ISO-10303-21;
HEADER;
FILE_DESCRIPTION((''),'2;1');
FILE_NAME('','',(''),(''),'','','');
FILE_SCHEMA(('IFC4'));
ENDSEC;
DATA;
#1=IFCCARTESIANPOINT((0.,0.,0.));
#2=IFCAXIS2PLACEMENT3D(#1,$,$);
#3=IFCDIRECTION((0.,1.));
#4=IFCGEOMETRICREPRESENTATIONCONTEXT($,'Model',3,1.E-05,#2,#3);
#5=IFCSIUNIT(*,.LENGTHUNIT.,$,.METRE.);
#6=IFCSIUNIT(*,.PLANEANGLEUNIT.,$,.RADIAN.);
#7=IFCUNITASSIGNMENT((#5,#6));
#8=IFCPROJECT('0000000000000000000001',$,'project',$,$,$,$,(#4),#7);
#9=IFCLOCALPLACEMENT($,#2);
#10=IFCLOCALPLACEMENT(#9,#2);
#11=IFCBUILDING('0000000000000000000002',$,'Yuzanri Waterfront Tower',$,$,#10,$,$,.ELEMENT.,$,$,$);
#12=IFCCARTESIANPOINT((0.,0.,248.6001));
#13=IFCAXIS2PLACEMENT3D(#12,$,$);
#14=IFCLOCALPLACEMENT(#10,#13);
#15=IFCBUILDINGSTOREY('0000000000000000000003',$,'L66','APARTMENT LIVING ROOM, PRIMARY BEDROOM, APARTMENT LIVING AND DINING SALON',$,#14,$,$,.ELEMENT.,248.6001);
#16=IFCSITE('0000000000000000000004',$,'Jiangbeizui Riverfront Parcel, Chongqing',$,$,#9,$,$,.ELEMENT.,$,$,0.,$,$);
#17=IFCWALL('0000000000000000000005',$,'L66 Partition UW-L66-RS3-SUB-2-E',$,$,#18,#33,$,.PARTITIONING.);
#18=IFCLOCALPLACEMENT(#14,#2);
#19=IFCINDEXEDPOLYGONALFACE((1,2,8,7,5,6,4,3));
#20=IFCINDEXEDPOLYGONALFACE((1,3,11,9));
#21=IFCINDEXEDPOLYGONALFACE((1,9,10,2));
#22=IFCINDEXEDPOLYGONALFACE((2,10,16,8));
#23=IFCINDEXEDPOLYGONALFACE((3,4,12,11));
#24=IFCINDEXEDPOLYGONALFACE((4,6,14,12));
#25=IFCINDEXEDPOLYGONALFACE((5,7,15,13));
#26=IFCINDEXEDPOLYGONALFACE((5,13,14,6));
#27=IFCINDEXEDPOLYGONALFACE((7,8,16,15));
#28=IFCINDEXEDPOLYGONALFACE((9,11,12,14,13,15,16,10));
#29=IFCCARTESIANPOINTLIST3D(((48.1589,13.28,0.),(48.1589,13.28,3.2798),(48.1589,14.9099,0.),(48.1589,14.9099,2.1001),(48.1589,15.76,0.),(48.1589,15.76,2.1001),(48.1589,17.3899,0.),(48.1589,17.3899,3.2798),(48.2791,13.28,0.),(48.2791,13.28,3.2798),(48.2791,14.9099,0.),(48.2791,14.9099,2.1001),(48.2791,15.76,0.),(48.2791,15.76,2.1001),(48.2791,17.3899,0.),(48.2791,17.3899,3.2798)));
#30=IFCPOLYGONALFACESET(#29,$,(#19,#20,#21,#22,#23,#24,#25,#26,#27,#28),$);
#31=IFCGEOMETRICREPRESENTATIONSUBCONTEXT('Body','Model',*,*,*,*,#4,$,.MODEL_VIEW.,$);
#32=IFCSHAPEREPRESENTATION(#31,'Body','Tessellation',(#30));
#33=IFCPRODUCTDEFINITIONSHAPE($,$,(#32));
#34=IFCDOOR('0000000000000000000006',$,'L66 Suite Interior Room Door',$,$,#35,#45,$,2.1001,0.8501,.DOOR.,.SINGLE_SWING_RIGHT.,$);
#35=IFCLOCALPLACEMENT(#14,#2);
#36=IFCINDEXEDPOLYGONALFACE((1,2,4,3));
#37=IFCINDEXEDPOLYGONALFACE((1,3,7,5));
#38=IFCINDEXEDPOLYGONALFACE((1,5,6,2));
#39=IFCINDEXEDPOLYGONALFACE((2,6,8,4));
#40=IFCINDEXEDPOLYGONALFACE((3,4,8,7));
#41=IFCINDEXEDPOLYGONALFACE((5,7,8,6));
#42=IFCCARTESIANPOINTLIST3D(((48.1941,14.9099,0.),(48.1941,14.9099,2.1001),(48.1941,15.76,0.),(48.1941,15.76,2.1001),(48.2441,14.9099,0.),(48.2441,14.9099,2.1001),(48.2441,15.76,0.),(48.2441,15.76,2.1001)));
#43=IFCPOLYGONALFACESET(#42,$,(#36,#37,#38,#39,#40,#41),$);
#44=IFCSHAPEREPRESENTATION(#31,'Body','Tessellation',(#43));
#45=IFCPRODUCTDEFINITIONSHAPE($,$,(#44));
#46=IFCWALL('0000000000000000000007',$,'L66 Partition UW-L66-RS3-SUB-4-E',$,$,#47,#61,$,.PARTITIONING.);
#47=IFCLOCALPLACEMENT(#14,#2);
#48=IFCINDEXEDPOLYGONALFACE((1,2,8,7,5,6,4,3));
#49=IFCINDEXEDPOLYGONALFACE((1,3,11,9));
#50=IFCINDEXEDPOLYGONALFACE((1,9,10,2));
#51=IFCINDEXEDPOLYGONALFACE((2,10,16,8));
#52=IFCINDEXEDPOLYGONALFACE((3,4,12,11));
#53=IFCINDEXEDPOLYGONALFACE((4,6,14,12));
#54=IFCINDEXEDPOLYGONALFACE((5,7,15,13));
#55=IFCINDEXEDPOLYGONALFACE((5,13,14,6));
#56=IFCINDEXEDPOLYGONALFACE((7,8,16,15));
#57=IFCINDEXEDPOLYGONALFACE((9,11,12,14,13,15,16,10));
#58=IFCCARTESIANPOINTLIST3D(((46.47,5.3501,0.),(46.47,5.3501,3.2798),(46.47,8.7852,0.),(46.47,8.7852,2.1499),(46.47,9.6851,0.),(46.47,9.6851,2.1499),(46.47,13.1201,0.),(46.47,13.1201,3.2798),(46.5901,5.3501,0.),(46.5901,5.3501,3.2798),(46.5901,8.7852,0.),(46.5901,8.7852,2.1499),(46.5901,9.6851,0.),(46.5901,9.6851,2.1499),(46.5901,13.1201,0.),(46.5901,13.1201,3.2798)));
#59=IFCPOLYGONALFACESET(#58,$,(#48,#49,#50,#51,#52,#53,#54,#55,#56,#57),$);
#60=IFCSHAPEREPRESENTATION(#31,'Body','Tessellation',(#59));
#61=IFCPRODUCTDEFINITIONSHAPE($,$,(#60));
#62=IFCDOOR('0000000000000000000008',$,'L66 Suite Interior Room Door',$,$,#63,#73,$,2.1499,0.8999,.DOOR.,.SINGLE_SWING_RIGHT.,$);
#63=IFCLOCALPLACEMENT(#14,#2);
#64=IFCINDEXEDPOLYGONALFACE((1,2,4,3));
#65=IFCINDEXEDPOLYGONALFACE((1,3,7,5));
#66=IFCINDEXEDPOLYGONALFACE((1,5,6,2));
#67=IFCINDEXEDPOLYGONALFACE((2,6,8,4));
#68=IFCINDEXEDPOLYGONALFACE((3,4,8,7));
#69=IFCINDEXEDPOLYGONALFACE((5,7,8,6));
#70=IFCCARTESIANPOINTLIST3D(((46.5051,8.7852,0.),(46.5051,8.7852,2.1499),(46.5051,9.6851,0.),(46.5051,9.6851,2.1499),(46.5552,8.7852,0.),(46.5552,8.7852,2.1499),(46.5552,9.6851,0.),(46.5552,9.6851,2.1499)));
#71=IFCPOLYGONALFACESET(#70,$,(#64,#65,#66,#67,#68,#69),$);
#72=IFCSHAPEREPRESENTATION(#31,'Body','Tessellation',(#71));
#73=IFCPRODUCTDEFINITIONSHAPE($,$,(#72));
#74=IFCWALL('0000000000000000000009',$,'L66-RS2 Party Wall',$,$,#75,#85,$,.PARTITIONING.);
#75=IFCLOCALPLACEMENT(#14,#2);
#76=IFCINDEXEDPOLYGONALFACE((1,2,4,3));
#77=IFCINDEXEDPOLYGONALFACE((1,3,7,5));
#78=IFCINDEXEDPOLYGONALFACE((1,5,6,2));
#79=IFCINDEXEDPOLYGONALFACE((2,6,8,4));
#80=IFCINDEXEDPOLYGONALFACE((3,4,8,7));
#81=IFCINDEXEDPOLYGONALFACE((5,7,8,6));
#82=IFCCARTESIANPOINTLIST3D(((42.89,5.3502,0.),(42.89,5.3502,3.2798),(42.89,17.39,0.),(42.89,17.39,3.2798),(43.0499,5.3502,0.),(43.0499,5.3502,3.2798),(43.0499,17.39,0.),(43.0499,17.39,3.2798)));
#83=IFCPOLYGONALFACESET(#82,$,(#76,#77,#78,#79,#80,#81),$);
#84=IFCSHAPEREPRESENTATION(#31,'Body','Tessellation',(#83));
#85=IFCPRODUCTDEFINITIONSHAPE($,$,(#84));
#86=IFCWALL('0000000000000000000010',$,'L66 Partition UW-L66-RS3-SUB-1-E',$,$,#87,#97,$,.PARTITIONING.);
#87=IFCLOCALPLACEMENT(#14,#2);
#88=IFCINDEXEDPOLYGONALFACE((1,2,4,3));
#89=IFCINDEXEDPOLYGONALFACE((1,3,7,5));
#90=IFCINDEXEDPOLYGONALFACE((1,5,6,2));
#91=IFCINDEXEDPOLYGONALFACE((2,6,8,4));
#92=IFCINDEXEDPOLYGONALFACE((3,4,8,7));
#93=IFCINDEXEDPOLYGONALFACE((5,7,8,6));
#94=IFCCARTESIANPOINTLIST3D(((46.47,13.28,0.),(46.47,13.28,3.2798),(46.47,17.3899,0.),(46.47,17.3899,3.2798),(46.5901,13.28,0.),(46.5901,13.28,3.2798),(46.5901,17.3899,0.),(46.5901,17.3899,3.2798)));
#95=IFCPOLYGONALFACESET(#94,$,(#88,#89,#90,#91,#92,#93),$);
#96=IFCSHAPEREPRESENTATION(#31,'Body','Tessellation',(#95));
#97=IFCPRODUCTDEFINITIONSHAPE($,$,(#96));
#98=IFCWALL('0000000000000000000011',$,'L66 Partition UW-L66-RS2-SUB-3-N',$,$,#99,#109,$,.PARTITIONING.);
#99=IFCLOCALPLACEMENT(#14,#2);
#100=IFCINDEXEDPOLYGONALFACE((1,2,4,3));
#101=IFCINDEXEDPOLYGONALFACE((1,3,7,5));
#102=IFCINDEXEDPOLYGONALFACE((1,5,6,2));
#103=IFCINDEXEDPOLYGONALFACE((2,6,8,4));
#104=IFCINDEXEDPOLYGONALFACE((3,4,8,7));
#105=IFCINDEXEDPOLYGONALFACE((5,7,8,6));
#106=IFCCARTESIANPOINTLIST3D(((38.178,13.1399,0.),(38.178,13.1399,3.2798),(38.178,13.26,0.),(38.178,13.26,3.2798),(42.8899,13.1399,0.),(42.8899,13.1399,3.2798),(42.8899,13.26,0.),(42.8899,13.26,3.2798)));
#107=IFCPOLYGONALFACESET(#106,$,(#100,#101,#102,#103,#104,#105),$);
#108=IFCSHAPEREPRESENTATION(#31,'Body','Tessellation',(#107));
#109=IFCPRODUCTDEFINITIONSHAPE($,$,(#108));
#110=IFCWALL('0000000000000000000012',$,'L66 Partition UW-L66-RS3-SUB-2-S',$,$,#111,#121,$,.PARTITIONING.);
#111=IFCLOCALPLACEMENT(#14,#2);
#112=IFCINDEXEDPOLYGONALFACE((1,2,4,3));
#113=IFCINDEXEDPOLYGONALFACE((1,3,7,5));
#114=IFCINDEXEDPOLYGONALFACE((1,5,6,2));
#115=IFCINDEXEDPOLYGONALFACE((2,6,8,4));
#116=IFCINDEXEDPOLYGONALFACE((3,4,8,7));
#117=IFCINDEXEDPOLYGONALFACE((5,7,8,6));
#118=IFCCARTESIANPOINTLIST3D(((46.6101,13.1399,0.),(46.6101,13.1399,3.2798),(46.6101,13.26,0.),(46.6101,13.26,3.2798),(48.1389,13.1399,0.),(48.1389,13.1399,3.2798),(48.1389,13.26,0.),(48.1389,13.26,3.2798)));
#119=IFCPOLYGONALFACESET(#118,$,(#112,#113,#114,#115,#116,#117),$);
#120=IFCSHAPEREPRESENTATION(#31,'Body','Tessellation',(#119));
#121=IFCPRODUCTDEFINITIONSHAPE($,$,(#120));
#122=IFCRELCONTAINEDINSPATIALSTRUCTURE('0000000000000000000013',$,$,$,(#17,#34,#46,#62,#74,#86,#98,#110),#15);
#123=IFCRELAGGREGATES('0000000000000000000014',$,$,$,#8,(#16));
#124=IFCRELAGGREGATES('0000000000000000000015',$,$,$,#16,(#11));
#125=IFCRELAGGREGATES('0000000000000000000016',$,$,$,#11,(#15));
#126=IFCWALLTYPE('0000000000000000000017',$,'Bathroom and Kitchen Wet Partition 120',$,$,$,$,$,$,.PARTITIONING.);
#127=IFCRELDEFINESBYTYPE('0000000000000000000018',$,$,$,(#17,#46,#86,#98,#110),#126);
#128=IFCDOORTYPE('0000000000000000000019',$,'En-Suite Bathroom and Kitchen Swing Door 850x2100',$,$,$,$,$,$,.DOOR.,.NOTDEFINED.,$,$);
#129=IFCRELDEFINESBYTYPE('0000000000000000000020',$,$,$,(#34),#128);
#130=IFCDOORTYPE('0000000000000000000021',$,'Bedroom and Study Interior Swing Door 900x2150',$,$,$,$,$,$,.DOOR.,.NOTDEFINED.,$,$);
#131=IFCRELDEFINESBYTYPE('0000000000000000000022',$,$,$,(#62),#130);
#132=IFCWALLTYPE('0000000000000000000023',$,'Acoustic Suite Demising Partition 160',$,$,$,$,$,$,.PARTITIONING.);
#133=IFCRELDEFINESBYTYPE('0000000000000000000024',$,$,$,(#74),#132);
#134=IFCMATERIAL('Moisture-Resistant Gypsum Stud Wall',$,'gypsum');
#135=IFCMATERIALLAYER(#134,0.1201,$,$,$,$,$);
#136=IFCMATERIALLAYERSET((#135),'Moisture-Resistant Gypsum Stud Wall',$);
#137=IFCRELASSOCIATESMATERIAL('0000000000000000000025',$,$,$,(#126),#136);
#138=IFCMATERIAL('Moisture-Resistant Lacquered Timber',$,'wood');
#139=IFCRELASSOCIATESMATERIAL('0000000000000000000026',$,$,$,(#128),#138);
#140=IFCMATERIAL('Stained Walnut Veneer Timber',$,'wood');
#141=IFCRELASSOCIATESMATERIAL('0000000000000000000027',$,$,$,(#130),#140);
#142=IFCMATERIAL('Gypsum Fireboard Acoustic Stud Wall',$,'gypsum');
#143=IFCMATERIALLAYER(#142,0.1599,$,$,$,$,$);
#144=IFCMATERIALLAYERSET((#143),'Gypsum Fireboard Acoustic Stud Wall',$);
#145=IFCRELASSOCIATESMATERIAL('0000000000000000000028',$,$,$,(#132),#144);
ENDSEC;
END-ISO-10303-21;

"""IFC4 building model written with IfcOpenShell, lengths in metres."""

from ifc_helpers import new_model, si_unit, direction, frame, frame_2d, origin, place, context, subcontext, project, spatial, rectangle, extrude, source, transform, mapped, material, layer, layer_set, type_object, element, fill, save


model = new_model("IFC4")

# Units and contexts
model_context = context("Model", 3, precision=1e-05, world=origin(), true_north=direction((0.0, 1.0)))
body_context = subcontext(model_context, "Body", "Model", "MODEL_VIEW")
ifc_project = project(units=[si_unit("LENGTHUNIT", "METRE"), si_unit("PLANEANGLEUNIT", "RADIAN")], contexts=[model_context])

# Site, building, storey
site_placement = place(None, origin())
site = spatial("IfcSite", under=ifc_project, at=site_placement, Name="Jiangbeizui Riverfront Parcel, Chongqing", CompositionType="ELEMENT", RefElevation=0.0)
building_placement = place(site_placement, origin())
building = spatial("IfcBuilding", under=site, at=building_placement, Name="Yuzanri Waterfront Tower", CompositionType="ELEMENT")
storey_placement = place(building_placement, frame((0.0, 0.0, 248.6001)))
storey = spatial("IfcBuildingStorey", under=building, at=storey_placement, Name="L66", Description="APARTMENT LIVING ROOM, PRIMARY BEDROOM, APARTMENT LIVING AND DINING SALON", CompositionType="ELEMENT", Elevation=248.6001)

# Walls, openings, doors
ifc_material_1 = material(Name="Moisture-Resistant Gypsum Stud Wall", Category="gypsum")
ifc_layer_1 = layer(ifc_material_1, 0.1201)
ifc_layer_set_1 = layer_set([ifc_layer_1], Name="Moisture-Resistant Gypsum Stud Wall")
wall_type_1 = type_object("IfcWallType", Name="Bathroom and Kitchen Wet Partition 120", PredefinedType="PARTITIONING", material=ifc_layer_set_1)
ifc_material_2 = material(Name="Moisture-Resistant Lacquered Timber", Category="wood")
door_type_1 = type_object("IfcDoorType", Name="En-Suite Bathroom and Kitchen Swing Door 850x2100", OperationType="NOTDEFINED", PredefinedType="DOOR", material=ifc_material_2)
shared_shape_1 = source(origin(), body_context, "Body", "SweptSolid", [
    extrude(rectangle(XDim=0.8501, YDim=2.1001, at=frame_2d((0.425, 1.05))), frame((0.0, 0.0249, 0.0), z_axis=(0.0, -1.0, 0.0), x_axis=(1.0, 0.0, 0.0)), (0.0, 0.0, 1.0), 0.05),
])
ifc_material_3 = material(Name="Stained Walnut Veneer Timber", Category="wood")
door_type_2 = type_object("IfcDoorType", Name="Bedroom and Study Interior Swing Door 900x2150", OperationType="NOTDEFINED", PredefinedType="DOOR", material=ifc_material_3)
shared_shape_2 = source(origin(), body_context, "Body", "SweptSolid", [
    extrude(rectangle(XDim=0.8999, YDim=2.1499, at=frame_2d((0.45, 1.075))), frame((0.0, 0.0249, 0.0), z_axis=(0.0, -1.0, 0.0), x_axis=(1.0, 0.0, 0.0)), (0.0, 0.0, 1.0), 0.05),
])
wall_1_placement = place(storey_placement, frame((48.219, 13.28, 0.0), z_axis=(0.0, 0.0, 1.0), x_axis=(0.0, 1.0, 0.0)))
wall_1 = element("IfcWall", 1, at=wall_1_placement, inside=storey, type_object=wall_type_1, Name="L66 Partition UW-L66-RS3-SUB-2-E", PredefinedType="PARTITIONING", context=body_context, shape_type="SweptSolid", body=[
    extrude(rectangle(XDim=4.1099, YDim=0.1201, at=frame_2d((2.0549, 0.0))), origin(), (0.0, 0.0, 1.0), 3.2798),
])
opening_1_placement = place(wall_1_placement, frame((1.6299, 0.0, 0.0)))
opening_1 = element("IfcOpeningElement", 2, at=opening_1_placement, cuts=wall_1, PredefinedType="OPENING", context=body_context, shape_type="SweptSolid", body=[
    extrude(rectangle(XDim=0.8501, YDim=2.1001, at=frame_2d((0.425, 1.05))), frame((0.0, 0.075, 0.0), z_axis=(0.0, -1.0, 0.0), x_axis=(1.0, 0.0, 0.0)), (0.0, 0.0, 1.0), 0.1499),
])
door_1_placement = place(opening_1_placement, origin())
door_1 = element("IfcDoor", 3, at=door_1_placement, inside=storey, type_object=door_type_1, Name="L66 Suite Interior Room Door", OperationType="SINGLE_SWING_RIGHT", OverallHeight=2.1001, OverallWidth=0.8501, PredefinedType="DOOR", context=body_context, shape_type="MappedRepresentation", body=[
    mapped(shared_shape_1, transform((0.0, 0.0, 0.0), scale=1.0)),
])
fill(opening_1, door_1)
wall_2_placement = place(storey_placement, frame((46.53, 5.3501, 0.0), z_axis=(0.0, 0.0, 1.0), x_axis=(0.0, 1.0, 0.0)))
wall_2 = element("IfcWall", 4, at=wall_2_placement, inside=storey, type_object=wall_type_1, Name="L66 Partition UW-L66-RS3-SUB-4-E", PredefinedType="PARTITIONING", context=body_context, shape_type="SweptSolid", body=[
    extrude(rectangle(XDim=7.77, YDim=0.1201, at=frame_2d((3.885, 0.0))), origin(), (0.0, 0.0, 1.0), 3.2798),
])
opening_2_placement = place(wall_2_placement, frame((3.4351, 0.0, 0.0)))
opening_2 = element("IfcOpeningElement", 5, at=opening_2_placement, cuts=wall_2, PredefinedType="OPENING", context=body_context, shape_type="SweptSolid", body=[
    extrude(rectangle(XDim=0.8999, YDim=2.1499, at=frame_2d((0.45, 1.075))), frame((0.0, 0.075, 0.0), z_axis=(0.0, -1.0, 0.0), x_axis=(1.0, 0.0, 0.0)), (0.0, 0.0, 1.0), 0.1499),
])
door_2_placement = place(opening_2_placement, origin())
door_2 = element("IfcDoor", 6, at=door_2_placement, inside=storey, type_object=door_type_2, Name="L66 Suite Interior Room Door", OperationType="SINGLE_SWING_RIGHT", OverallHeight=2.1499, OverallWidth=0.8999, PredefinedType="DOOR", context=body_context, shape_type="MappedRepresentation", body=[
    mapped(shared_shape_2, transform((0.0, 0.0, 0.0), scale=1.0)),
])
fill(opening_2, door_2)

# Walls
ifc_material_4 = material(Name="Gypsum Fireboard Acoustic Stud Wall", Category="gypsum")
ifc_layer_2 = layer(ifc_material_4, 0.1599)
ifc_layer_set_2 = layer_set([ifc_layer_2], Name="Gypsum Fireboard Acoustic Stud Wall")
wall_type_2 = type_object("IfcWallType", Name="Acoustic Suite Demising Partition 160", PredefinedType="PARTITIONING", material=ifc_layer_set_2)
shared_shape_3 = source(origin(), body_context, "Body", "SweptSolid", [
    extrude(rectangle(XDim=12.0398, YDim=0.1599, at=frame_2d((6.02, 0.0))), origin(), (0.0, 0.0, 1.0), 3.2798),
])
wall_3_placement = place(storey_placement, frame((42.97, 5.3501, 0.0), z_axis=(0.0, 0.0, 1.0), x_axis=(0.0, 1.0, 0.0)))
element("IfcWall", 7, at=wall_3_placement, inside=storey, type_object=wall_type_2, Name="L66-RS2 Party Wall", PredefinedType="PARTITIONING", context=body_context, shape_type="MappedRepresentation", body=[
    mapped(shared_shape_3, transform((0.0, 0.0, 0.0), scale=1.0)),
])
shared_shape_4 = source(origin(), body_context, "Body", "SweptSolid", [
    extrude(rectangle(XDim=4.1099, YDim=0.1201, at=frame_2d((2.0549, 0.0))), origin(), (0.0, 0.0, 1.0), 3.2798),
])
wall_4_placement = place(storey_placement, frame((46.53, 13.28, 0.0), z_axis=(0.0, 0.0, 1.0), x_axis=(0.0, 1.0, 0.0)))
element("IfcWall", 8, at=wall_4_placement, inside=storey, type_object=wall_type_1, Name="L66 Partition UW-L66-RS3-SUB-1-E", PredefinedType="PARTITIONING", context=body_context, shape_type="MappedRepresentation", body=[
    mapped(shared_shape_4, transform((0.0, 0.0, 0.0), scale=1.0)),
])
shared_shape_5 = source(origin(), body_context, "Body", "SweptSolid", [
    extrude(rectangle(XDim=4.7119, YDim=0.1201, at=frame_2d((2.356, 0.0))), origin(), (0.0, 0.0, 1.0), 3.2798),
])
wall_5_placement = place(storey_placement, frame((38.178, 13.2, 0.0), z_axis=(0.0, 0.0, 1.0), x_axis=(1.0, 0.0, 0.0)))
element("IfcWall", 9, at=wall_5_placement, inside=storey, type_object=wall_type_1, Name="L66 Partition UW-L66-RS2-SUB-3-N", PredefinedType="PARTITIONING", context=body_context, shape_type="MappedRepresentation", body=[
    mapped(shared_shape_5, transform((0.0, 0.0, 0.0), scale=1.0)),
])
shared_shape_6 = source(origin(), body_context, "Body", "SweptSolid", [
    extrude(rectangle(XDim=1.5288, YDim=0.1201, at=frame_2d((0.7644, 0.0))), origin(), (0.0, 0.0, 1.0), 3.2798),
])
wall_6_placement = place(storey_placement, frame((46.6101, 13.2, 0.0), z_axis=(0.0, 0.0, 1.0), x_axis=(1.0, 0.0, 0.0)))
element("IfcWall", 10, at=wall_6_placement, inside=storey, type_object=wall_type_1, Name="L66 Partition UW-L66-RS3-SUB-2-S", PredefinedType="PARTITIONING", context=body_context, shape_type="MappedRepresentation", body=[
    mapped(shared_shape_6, transform((0.0, 0.0, 0.0), scale=1.0)),
])

save(model, "model.ifc")
